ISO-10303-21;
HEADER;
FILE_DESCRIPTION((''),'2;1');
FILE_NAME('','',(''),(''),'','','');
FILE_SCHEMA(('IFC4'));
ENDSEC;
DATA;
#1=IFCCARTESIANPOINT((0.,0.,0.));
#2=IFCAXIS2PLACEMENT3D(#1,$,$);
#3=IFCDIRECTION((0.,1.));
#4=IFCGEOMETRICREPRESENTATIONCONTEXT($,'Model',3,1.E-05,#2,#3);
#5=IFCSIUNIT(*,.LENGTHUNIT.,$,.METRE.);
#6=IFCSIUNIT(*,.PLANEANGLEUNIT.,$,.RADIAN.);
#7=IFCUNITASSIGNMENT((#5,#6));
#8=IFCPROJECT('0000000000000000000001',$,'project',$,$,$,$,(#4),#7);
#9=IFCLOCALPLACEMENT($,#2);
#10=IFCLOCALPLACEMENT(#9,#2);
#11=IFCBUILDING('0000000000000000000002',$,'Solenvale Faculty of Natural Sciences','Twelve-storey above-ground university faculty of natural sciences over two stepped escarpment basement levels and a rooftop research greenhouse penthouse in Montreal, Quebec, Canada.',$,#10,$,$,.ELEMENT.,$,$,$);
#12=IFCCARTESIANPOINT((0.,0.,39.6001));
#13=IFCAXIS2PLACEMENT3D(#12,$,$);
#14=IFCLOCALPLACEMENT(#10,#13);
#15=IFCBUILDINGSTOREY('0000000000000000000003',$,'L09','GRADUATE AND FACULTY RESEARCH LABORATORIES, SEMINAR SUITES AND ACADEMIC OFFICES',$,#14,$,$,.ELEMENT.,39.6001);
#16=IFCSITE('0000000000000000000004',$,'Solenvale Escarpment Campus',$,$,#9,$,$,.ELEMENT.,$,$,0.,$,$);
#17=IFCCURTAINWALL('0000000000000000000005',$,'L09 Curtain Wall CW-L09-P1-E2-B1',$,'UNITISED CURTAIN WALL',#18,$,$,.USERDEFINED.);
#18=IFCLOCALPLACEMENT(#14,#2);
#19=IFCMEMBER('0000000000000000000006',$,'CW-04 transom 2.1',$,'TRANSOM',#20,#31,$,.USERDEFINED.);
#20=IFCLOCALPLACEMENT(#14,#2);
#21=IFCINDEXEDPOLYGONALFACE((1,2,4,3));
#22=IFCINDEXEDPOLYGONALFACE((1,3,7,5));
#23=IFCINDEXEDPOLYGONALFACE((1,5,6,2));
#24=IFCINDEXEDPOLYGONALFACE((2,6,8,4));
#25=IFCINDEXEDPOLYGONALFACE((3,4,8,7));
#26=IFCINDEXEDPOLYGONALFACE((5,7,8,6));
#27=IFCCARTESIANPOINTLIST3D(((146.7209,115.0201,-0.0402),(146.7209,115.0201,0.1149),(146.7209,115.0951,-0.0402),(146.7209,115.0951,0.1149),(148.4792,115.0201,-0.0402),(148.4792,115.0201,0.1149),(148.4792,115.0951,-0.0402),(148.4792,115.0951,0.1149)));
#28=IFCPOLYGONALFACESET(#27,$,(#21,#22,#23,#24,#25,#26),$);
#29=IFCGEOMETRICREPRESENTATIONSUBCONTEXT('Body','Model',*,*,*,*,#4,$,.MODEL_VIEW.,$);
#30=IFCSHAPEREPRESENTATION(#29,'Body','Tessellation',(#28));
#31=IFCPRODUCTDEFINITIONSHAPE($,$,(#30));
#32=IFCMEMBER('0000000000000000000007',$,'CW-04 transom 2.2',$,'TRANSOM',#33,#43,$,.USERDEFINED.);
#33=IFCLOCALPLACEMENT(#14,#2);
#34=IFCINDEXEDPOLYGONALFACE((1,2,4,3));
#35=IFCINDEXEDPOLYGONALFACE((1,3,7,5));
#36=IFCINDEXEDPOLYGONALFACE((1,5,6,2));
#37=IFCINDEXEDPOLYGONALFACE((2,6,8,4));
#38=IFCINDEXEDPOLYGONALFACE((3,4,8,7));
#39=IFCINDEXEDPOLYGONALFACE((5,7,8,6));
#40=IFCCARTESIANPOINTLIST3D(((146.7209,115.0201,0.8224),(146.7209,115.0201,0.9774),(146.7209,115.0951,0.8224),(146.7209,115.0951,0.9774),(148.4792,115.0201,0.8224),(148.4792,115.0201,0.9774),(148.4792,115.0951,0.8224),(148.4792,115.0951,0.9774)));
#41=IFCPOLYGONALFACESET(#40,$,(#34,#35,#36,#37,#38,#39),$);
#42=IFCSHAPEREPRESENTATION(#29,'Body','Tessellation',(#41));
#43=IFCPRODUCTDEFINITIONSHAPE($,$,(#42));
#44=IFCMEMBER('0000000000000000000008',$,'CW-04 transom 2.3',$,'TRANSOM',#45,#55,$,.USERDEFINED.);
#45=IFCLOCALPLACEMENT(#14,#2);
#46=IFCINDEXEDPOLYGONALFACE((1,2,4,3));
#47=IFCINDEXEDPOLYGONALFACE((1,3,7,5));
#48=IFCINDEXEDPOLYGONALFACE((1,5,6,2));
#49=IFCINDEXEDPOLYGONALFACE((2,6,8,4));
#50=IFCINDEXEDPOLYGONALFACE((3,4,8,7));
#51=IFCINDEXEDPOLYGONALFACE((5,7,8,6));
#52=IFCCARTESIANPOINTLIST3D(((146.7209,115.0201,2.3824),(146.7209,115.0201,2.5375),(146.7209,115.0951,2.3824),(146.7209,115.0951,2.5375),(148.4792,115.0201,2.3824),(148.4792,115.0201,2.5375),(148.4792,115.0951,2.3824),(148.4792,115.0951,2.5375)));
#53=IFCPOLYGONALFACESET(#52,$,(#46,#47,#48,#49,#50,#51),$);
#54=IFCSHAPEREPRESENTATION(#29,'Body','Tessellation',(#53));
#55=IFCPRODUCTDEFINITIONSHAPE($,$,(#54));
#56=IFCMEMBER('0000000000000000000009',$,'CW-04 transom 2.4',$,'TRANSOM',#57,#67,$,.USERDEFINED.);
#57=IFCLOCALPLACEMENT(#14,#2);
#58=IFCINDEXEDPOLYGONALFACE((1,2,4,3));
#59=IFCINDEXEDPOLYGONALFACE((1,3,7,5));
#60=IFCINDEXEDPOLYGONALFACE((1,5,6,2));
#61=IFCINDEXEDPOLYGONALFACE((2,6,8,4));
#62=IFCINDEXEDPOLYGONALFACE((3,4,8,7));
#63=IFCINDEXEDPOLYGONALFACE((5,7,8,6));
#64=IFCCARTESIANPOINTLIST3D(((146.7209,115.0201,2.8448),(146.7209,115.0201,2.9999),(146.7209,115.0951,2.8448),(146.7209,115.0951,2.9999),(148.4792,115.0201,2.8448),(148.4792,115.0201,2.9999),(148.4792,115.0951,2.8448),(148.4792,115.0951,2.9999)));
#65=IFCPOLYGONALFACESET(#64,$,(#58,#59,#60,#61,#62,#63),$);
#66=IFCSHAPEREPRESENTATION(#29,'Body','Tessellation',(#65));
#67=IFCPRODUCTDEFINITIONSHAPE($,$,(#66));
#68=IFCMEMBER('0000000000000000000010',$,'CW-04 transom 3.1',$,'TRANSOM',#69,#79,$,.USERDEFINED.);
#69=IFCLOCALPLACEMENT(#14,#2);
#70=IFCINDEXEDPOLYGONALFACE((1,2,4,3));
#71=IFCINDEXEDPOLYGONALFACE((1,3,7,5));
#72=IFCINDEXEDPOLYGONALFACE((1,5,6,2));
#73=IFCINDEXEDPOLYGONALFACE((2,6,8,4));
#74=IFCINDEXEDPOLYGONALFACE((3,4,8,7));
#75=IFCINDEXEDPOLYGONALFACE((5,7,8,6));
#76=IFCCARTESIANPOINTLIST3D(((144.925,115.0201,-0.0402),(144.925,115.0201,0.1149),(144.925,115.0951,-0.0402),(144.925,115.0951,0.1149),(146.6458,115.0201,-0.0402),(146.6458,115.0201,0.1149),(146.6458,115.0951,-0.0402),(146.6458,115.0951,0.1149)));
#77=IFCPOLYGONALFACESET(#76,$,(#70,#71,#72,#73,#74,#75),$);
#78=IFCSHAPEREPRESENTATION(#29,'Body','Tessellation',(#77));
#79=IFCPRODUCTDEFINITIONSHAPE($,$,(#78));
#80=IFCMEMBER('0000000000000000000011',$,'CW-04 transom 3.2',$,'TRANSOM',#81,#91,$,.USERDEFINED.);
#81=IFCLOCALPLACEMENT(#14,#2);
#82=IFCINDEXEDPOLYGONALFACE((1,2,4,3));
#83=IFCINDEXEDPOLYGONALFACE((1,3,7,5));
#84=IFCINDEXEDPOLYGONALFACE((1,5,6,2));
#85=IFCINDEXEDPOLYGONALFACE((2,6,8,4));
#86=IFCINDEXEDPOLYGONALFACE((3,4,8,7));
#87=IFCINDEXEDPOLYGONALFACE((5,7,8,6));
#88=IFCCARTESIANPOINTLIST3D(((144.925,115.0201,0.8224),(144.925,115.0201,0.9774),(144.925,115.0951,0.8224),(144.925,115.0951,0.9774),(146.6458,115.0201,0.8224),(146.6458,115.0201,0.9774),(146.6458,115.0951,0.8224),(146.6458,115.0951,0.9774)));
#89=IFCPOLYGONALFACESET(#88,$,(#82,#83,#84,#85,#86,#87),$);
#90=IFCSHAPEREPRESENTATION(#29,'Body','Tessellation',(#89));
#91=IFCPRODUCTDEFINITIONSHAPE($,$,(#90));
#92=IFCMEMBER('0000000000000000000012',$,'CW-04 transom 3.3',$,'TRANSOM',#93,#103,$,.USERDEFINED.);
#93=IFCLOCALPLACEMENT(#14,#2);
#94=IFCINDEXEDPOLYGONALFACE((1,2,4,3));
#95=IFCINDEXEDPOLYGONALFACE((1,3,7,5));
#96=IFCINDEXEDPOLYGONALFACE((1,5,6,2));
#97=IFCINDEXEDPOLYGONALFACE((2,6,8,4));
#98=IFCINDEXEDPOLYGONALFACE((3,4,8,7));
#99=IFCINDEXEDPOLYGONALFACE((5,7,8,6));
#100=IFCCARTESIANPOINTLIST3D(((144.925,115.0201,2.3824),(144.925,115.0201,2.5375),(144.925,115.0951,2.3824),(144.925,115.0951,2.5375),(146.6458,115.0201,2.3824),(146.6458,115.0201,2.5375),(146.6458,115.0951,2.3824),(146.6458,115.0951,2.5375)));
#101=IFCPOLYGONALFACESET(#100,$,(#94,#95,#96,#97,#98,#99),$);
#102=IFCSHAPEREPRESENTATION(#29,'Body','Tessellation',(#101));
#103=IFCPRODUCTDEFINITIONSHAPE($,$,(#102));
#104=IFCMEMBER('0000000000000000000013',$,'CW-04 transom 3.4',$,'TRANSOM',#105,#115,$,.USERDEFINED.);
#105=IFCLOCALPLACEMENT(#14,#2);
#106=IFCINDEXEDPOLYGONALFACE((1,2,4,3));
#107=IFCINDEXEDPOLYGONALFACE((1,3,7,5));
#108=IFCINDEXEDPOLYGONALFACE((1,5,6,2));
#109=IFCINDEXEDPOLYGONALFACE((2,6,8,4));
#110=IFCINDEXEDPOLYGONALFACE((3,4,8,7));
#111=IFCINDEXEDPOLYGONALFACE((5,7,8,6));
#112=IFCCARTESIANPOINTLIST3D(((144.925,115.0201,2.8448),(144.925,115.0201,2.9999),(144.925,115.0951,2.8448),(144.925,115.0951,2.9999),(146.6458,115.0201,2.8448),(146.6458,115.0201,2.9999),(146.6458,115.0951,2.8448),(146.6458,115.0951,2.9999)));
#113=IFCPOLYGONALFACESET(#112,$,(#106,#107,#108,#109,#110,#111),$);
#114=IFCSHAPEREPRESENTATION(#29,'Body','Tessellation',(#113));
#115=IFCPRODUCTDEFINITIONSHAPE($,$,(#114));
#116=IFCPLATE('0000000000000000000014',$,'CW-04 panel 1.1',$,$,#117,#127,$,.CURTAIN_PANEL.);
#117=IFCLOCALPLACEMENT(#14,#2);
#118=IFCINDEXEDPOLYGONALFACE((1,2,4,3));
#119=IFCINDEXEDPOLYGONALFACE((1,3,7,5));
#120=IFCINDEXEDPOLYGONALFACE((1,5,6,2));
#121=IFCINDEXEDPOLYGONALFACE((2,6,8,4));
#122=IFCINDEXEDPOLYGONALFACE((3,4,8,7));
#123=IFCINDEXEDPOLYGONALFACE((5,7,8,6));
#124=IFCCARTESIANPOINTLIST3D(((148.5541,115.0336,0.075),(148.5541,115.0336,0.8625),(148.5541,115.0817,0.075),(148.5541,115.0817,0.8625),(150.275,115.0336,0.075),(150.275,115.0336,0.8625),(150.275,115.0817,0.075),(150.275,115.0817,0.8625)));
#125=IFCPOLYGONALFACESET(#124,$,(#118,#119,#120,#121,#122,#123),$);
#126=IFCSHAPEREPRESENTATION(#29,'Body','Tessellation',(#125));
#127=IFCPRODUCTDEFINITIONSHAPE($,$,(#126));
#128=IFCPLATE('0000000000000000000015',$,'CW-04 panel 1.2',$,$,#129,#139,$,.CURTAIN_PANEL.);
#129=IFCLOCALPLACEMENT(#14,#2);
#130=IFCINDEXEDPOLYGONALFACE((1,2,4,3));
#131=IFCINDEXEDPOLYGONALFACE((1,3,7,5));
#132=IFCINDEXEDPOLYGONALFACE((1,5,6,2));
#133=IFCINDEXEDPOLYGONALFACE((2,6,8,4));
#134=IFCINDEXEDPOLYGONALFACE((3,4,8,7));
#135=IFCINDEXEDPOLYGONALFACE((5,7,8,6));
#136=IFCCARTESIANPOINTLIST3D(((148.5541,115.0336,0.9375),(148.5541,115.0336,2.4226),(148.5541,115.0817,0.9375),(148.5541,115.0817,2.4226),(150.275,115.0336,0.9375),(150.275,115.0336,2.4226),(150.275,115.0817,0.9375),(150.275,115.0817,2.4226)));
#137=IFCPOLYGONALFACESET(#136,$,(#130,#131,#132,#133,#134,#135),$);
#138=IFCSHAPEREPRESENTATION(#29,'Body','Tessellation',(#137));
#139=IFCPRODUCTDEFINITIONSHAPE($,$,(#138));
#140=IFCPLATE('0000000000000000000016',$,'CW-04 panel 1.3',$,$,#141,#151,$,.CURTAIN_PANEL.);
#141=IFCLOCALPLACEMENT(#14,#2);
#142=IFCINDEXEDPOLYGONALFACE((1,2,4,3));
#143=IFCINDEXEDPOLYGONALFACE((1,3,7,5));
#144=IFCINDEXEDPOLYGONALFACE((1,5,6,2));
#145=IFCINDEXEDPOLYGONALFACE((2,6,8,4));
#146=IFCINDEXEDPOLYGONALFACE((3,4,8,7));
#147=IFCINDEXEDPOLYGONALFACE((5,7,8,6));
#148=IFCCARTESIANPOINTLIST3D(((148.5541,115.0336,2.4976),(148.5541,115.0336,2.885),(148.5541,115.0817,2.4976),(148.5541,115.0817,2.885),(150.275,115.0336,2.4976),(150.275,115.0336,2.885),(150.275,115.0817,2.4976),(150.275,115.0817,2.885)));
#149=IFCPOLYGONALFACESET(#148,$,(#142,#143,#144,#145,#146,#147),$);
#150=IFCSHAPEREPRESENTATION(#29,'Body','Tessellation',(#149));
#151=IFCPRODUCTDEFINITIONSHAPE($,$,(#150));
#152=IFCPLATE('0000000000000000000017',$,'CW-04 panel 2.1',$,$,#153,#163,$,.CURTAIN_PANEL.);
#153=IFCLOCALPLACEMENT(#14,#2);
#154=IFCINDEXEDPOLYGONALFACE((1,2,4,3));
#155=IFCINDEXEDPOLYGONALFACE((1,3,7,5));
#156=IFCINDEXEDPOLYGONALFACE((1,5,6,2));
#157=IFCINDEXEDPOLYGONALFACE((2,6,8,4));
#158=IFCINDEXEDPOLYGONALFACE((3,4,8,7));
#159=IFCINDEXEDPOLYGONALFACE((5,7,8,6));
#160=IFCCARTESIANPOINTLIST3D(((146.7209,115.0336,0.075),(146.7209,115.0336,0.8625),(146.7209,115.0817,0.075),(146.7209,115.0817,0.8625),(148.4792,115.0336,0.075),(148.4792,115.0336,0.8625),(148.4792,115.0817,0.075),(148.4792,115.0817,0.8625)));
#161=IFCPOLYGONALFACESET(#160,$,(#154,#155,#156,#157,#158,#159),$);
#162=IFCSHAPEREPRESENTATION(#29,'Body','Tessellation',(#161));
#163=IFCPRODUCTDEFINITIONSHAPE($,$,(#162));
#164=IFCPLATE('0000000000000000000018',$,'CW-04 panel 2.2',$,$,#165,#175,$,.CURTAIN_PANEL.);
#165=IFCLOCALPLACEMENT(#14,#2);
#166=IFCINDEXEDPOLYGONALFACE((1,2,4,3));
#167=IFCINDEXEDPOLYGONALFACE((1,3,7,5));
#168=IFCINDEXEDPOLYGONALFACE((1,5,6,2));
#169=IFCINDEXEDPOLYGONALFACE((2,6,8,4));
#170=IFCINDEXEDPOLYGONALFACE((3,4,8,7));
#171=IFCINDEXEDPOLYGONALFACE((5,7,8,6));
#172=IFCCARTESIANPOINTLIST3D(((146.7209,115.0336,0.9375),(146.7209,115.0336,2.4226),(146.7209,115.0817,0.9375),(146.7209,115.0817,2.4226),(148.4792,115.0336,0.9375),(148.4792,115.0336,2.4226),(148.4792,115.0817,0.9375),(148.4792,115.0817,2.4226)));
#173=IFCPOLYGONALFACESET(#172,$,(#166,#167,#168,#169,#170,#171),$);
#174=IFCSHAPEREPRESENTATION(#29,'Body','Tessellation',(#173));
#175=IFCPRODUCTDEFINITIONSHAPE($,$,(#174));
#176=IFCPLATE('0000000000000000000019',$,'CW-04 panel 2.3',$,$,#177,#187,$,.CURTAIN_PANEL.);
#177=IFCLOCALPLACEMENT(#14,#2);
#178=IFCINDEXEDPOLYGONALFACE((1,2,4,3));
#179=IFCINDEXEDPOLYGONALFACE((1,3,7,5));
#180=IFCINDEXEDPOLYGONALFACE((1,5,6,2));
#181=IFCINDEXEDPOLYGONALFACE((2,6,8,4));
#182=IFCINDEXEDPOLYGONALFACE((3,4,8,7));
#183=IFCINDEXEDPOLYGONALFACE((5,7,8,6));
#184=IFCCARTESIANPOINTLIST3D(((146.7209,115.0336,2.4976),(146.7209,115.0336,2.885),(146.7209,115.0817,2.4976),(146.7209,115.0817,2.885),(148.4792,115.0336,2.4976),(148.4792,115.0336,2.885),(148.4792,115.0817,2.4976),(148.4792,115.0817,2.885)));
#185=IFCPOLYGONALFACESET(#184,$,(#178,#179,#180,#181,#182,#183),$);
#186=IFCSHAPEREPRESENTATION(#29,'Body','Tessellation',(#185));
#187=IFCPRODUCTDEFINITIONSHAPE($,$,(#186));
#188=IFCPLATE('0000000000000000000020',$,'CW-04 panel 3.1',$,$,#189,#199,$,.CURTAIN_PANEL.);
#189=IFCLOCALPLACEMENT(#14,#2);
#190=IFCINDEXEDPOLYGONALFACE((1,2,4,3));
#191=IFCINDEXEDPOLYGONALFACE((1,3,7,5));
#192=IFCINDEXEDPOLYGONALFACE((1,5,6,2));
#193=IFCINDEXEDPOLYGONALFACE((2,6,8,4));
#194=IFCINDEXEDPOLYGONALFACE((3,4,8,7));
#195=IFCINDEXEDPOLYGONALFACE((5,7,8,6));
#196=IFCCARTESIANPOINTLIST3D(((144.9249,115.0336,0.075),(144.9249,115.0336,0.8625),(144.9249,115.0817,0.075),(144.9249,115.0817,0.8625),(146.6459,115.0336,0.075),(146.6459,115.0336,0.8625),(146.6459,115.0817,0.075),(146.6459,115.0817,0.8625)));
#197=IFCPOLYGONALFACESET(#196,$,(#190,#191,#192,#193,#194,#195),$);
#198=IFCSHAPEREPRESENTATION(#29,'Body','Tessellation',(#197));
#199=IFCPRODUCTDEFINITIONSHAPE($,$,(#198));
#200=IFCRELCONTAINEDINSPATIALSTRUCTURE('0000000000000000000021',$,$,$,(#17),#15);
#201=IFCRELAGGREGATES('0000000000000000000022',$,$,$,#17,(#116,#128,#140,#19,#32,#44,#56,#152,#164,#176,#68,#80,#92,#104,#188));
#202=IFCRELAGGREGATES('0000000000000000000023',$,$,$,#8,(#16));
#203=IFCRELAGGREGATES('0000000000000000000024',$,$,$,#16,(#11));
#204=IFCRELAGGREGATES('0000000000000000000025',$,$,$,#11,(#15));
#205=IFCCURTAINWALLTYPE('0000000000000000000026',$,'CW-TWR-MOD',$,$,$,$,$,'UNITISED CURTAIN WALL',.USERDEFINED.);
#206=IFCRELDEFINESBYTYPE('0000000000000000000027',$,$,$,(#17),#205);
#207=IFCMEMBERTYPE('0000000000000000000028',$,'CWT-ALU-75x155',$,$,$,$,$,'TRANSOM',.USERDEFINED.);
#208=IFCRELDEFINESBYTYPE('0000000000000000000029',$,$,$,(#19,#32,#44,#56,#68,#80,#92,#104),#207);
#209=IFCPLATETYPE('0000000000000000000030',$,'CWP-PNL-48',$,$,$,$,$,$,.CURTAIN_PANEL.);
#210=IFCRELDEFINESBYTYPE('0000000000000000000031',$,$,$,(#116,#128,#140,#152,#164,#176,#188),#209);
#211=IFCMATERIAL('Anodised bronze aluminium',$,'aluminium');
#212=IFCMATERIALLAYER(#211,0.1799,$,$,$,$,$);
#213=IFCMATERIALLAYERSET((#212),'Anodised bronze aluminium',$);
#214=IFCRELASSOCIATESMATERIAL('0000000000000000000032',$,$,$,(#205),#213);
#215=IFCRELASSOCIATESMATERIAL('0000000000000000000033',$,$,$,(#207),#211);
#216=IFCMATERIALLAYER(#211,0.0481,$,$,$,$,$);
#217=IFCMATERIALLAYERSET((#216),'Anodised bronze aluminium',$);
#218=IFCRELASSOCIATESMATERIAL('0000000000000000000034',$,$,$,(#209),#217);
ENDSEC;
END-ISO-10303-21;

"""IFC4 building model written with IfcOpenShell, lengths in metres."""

from ifc_helpers import new_model, si_unit, direction, frame, origin, origin_2d, place, context, subcontext, project, spatial, rectangle, extrude, material, layer, layer_set, material_profile, profile_set, type_object, element, aggregate, save


model = new_model("IFC4")

# Units and contexts
model_context = context("Model", 3, precision=1e-05, world=origin(), true_north=direction((0.0, 1.0)))
body_context = subcontext(model_context, "Body", "Model", "MODEL_VIEW")
ifc_project = project(units=[si_unit("LENGTHUNIT", "METRE"), si_unit("PLANEANGLEUNIT", "RADIAN")], contexts=[model_context])

# Site, building, storey
site_placement = place(None, origin())
site = spatial("IfcSite", under=ifc_project, at=site_placement, Name="Solenvale Escarpment Campus", CompositionType="ELEMENT", RefElevation=0.0)
building_placement = place(site_placement, origin())
building = spatial("IfcBuilding", under=site, at=building_placement, Name="Solenvale Faculty of Natural Sciences", Description="Twelve-storey above-ground university faculty of natural sciences over two stepped escarpment basement levels and a rooftop research greenhouse penthouse in Montreal, Quebec, Canada.", CompositionType="ELEMENT")
storey_placement = place(building_placement, frame((0.0, 0.0, 39.6001)))
storey = spatial("IfcBuildingStorey", under=building, at=storey_placement, Name="L09", Description="GRADUATE AND FACULTY RESEARCH LABORATORIES, SEMINAR SUITES AND ACADEMIC OFFICES", CompositionType="ELEMENT", Elevation=39.6001)

# Curtain wall, members, plates
ifc_material_1 = material(Name="Anodised bronze aluminium", Category="aluminium")
ifc_layer_1 = layer(ifc_material_1, 0.1799)
ifc_layer_set_1 = layer_set([ifc_layer_1], Name="Anodised bronze aluminium")
curtain_wall_type = type_object("IfcCurtainWallType", Name="CW-TWR-MOD", ElementType="UNITISED CURTAIN WALL", PredefinedType="USERDEFINED", material=ifc_layer_set_1)
curtain_wall_placement = place(storey_placement, origin())
curtain_wall = element("IfcCurtainWall", 1, at=curtain_wall_placement, inside=storey, type_object=curtain_wall_type, Name="L09 Curtain Wall CW-L09-P1-E2-B1", ObjectType="UNITISED CURTAIN WALL", PredefinedType="USERDEFINED")
ifc_material_profile_1 = material_profile(ifc_material_1, rectangle(XDim=0.075, YDim=0.155, at=origin_2d()), Name="ALU-TRN-75x155")
ifc_profile_set_1 = profile_set([ifc_material_profile_1], Name="Anodised bronze aluminium")
member_type_1 = type_object("IfcMemberType", Name="CWT-ALU-75x155", ElementType="TRANSOM", PredefinedType="USERDEFINED", material=ifc_profile_set_1)
member_1_placement = place(storey_placement, frame((148.4792, 115.0576, 0.0374), z_axis=(-1.0, 0.0, 0.0), x_axis=(0.0, -1.0, 0.0)))
member_1 = element("IfcMember", 2, at=member_1_placement, type_object=member_type_1, Name="CW-04 transom 2.1", ObjectType="TRANSOM", PredefinedType="USERDEFINED", context=body_context, shape_type="SweptSolid", body=[
    extrude(rectangle(XDim=0.075, YDim=0.155, at=origin_2d()), origin(), (0.0, 0.0, 1.0), 1.7583),
])
member_2_placement = place(storey_placement, frame((148.4792, 115.0576, 0.8999), z_axis=(-1.0, 0.0, 0.0), x_axis=(0.0, -1.0, 0.0)))
member_2 = element("IfcMember", 3, at=member_2_placement, type_object=member_type_1, Name="CW-04 transom 2.2", ObjectType="TRANSOM", PredefinedType="USERDEFINED", context=body_context, shape_type="SweptSolid", body=[
    extrude(rectangle(XDim=0.075, YDim=0.155, at=origin_2d()), origin(), (0.0, 0.0, 1.0), 1.7583),
])
member_3_placement = place(storey_placement, frame((148.4792, 115.0576, 2.46), z_axis=(-1.0, 0.0, 0.0), x_axis=(0.0, -1.0, 0.0)))
member_3 = element("IfcMember", 4, at=member_3_placement, type_object=member_type_1, Name="CW-04 transom 2.3", ObjectType="TRANSOM", PredefinedType="USERDEFINED", context=body_context, shape_type="SweptSolid", body=[
    extrude(rectangle(XDim=0.075, YDim=0.155, at=origin_2d()), origin(), (0.0, 0.0, 1.0), 1.7583),
])
member_4_placement = place(storey_placement, frame((148.4792, 115.0576, 2.9224), z_axis=(-1.0, 0.0, 0.0), x_axis=(0.0, -1.0, 0.0)))
member_4 = element("IfcMember", 5, at=member_4_placement, type_object=member_type_1, Name="CW-04 transom 2.4", ObjectType="TRANSOM", PredefinedType="USERDEFINED", context=body_context, shape_type="SweptSolid", body=[
    extrude(rectangle(XDim=0.075, YDim=0.155, at=origin_2d()), origin(), (0.0, 0.0, 1.0), 1.7583),
])
member_5_placement = place(storey_placement, frame((146.6458, 115.0576, 0.0374), z_axis=(-1.0, 0.0, 0.0), x_axis=(0.0, -1.0, 0.0)))
member_5 = element("IfcMember", 6, at=member_5_placement, type_object=member_type_1, Name="CW-04 transom 3.1", ObjectType="TRANSOM", PredefinedType="USERDEFINED", context=body_context, shape_type="SweptSolid", body=[
    extrude(rectangle(XDim=0.075, YDim=0.155, at=origin_2d()), origin(), (0.0, 0.0, 1.0), 1.7207),
])
member_6_placement = place(storey_placement, frame((146.6458, 115.0576, 0.8999), z_axis=(-1.0, 0.0, 0.0), x_axis=(0.0, -1.0, 0.0)))
member_6 = element("IfcMember", 7, at=member_6_placement, type_object=member_type_1, Name="CW-04 transom 3.2", ObjectType="TRANSOM", PredefinedType="USERDEFINED", context=body_context, shape_type="SweptSolid", body=[
    extrude(rectangle(XDim=0.075, YDim=0.155, at=origin_2d()), origin(), (0.0, 0.0, 1.0), 1.7207),
])
member_7_placement = place(storey_placement, frame((146.6458, 115.0576, 2.46), z_axis=(-1.0, 0.0, 0.0), x_axis=(0.0, -1.0, 0.0)))
member_7 = element("IfcMember", 8, at=member_7_placement, type_object=member_type_1, Name="CW-04 transom 3.3", ObjectType="TRANSOM", PredefinedType="USERDEFINED", context=body_context, shape_type="SweptSolid", body=[
    extrude(rectangle(XDim=0.075, YDim=0.155, at=origin_2d()), origin(), (0.0, 0.0, 1.0), 1.7207),
])
member_8_placement = place(storey_placement, frame((146.6458, 115.0576, 2.9224), z_axis=(-1.0, 0.0, 0.0), x_axis=(0.0, -1.0, 0.0)))
member_8 = element("IfcMember", 9, at=member_8_placement, type_object=member_type_1, Name="CW-04 transom 3.4", ObjectType="TRANSOM", PredefinedType="USERDEFINED", context=body_context, shape_type="SweptSolid", body=[
    extrude(rectangle(XDim=0.075, YDim=0.155, at=origin_2d()), origin(), (0.0, 0.0, 1.0), 1.7207),
])
ifc_layer_2 = layer(ifc_material_1, 0.0481)
ifc_layer_set_2 = layer_set([ifc_layer_2], Name="Anodised bronze aluminium")
plate_type = type_object("IfcPlateType", Name="CWP-PNL-48", PredefinedType="CURTAIN_PANEL", material=ifc_layer_set_2)
plate_1_placement = place(storey_placement, frame((149.4146, 115.0576, 0.075), z_axis=(0.0, 0.0, 1.0), x_axis=(-1.0, 0.0, 0.0)))
plate_1 = element("IfcPlate", 10, at=plate_1_placement, type_object=plate_type, Name="CW-04 panel 1.1", PredefinedType="CURTAIN_PANEL", context=body_context, shape_type="SweptSolid", body=[
    extrude(rectangle(XDim=1.7209, YDim=0.0481, at=origin_2d()), origin(), (0.0, 0.0, 1.0), 0.7876),
])
plate_2_placement = place(storey_placement, frame((149.4146, 115.0576, 0.9375), z_axis=(0.0, 0.0, 1.0), x_axis=(-1.0, 0.0, 0.0)))
plate_2 = element("IfcPlate", 11, at=plate_2_placement, type_object=plate_type, Name="CW-04 panel 1.2", PredefinedType="CURTAIN_PANEL", context=body_context, shape_type="SweptSolid", body=[
    extrude(rectangle(XDim=1.7209, YDim=0.0481, at=origin_2d()), origin(), (0.0, 0.0, 1.0), 1.4851),
])
plate_3_placement = place(storey_placement, frame((149.4146, 115.0576, 2.4976), z_axis=(0.0, 0.0, 1.0), x_axis=(-1.0, 0.0, 0.0)))
plate_3 = element("IfcPlate", 12, at=plate_3_placement, type_object=plate_type, Name="CW-04 panel 1.3", PredefinedType="CURTAIN_PANEL", context=body_context, shape_type="SweptSolid", body=[
    extrude(rectangle(XDim=1.7209, YDim=0.0481, at=origin_2d()), origin(), (0.0, 0.0, 1.0), 0.3875),
])
plate_4_placement = place(storey_placement, frame((147.6001, 115.0576, 0.075), z_axis=(0.0, 0.0, 1.0), x_axis=(-1.0, 0.0, 0.0)))
plate_4 = element("IfcPlate", 13, at=plate_4_placement, type_object=plate_type, Name="CW-04 panel 2.1", PredefinedType="CURTAIN_PANEL", context=body_context, shape_type="SweptSolid", body=[
    extrude(rectangle(XDim=1.7583, YDim=0.0481, at=origin_2d()), origin(), (0.0, 0.0, 1.0), 0.7876),
])
plate_5_placement = place(storey_placement, frame((147.6001, 115.0576, 0.9375), z_axis=(0.0, 0.0, 1.0), x_axis=(-1.0, 0.0, 0.0)))
plate_5 = element("IfcPlate", 14, at=plate_5_placement, type_object=plate_type, Name="CW-04 panel 2.2", PredefinedType="CURTAIN_PANEL", context=body_context, shape_type="SweptSolid", body=[
    extrude(rectangle(XDim=1.7583, YDim=0.0481, at=origin_2d()), origin(), (0.0, 0.0, 1.0), 1.4851),
])
plate_6_placement = place(storey_placement, frame((147.6001, 115.0576, 2.4976), z_axis=(0.0, 0.0, 1.0), x_axis=(-1.0, 0.0, 0.0)))
plate_6 = element("IfcPlate", 15, at=plate_6_placement, type_object=plate_type, Name="CW-04 panel 2.3", PredefinedType="CURTAIN_PANEL", context=body_context, shape_type="SweptSolid", body=[
    extrude(rectangle(XDim=1.7583, YDim=0.0481, at=origin_2d()), origin(), (0.0, 0.0, 1.0), 0.3875),
])
plate_7_placement = place(storey_placement, frame((145.7854, 115.0576, 0.075), z_axis=(0.0, 0.0, 1.0), x_axis=(-1.0, 0.0, 0.0)))
plate_7 = element("IfcPlate", 16, at=plate_7_placement, type_object=plate_type, Name="CW-04 panel 3.1", PredefinedType="CURTAIN_PANEL", context=body_context, shape_type="SweptSolid", body=[
    extrude(rectangle(XDim=1.7209, YDim=0.0481, at=origin_2d()), origin(), (0.0, 0.0, 1.0), 0.7876),
])
aggregate(curtain_wall, [plate_1, plate_2, plate_3, member_1, member_2, member_3, member_4, plate_4, plate_5, plate_6, member_5, member_6, member_7, member_8, plate_7])

save(model, "model.ifc")
